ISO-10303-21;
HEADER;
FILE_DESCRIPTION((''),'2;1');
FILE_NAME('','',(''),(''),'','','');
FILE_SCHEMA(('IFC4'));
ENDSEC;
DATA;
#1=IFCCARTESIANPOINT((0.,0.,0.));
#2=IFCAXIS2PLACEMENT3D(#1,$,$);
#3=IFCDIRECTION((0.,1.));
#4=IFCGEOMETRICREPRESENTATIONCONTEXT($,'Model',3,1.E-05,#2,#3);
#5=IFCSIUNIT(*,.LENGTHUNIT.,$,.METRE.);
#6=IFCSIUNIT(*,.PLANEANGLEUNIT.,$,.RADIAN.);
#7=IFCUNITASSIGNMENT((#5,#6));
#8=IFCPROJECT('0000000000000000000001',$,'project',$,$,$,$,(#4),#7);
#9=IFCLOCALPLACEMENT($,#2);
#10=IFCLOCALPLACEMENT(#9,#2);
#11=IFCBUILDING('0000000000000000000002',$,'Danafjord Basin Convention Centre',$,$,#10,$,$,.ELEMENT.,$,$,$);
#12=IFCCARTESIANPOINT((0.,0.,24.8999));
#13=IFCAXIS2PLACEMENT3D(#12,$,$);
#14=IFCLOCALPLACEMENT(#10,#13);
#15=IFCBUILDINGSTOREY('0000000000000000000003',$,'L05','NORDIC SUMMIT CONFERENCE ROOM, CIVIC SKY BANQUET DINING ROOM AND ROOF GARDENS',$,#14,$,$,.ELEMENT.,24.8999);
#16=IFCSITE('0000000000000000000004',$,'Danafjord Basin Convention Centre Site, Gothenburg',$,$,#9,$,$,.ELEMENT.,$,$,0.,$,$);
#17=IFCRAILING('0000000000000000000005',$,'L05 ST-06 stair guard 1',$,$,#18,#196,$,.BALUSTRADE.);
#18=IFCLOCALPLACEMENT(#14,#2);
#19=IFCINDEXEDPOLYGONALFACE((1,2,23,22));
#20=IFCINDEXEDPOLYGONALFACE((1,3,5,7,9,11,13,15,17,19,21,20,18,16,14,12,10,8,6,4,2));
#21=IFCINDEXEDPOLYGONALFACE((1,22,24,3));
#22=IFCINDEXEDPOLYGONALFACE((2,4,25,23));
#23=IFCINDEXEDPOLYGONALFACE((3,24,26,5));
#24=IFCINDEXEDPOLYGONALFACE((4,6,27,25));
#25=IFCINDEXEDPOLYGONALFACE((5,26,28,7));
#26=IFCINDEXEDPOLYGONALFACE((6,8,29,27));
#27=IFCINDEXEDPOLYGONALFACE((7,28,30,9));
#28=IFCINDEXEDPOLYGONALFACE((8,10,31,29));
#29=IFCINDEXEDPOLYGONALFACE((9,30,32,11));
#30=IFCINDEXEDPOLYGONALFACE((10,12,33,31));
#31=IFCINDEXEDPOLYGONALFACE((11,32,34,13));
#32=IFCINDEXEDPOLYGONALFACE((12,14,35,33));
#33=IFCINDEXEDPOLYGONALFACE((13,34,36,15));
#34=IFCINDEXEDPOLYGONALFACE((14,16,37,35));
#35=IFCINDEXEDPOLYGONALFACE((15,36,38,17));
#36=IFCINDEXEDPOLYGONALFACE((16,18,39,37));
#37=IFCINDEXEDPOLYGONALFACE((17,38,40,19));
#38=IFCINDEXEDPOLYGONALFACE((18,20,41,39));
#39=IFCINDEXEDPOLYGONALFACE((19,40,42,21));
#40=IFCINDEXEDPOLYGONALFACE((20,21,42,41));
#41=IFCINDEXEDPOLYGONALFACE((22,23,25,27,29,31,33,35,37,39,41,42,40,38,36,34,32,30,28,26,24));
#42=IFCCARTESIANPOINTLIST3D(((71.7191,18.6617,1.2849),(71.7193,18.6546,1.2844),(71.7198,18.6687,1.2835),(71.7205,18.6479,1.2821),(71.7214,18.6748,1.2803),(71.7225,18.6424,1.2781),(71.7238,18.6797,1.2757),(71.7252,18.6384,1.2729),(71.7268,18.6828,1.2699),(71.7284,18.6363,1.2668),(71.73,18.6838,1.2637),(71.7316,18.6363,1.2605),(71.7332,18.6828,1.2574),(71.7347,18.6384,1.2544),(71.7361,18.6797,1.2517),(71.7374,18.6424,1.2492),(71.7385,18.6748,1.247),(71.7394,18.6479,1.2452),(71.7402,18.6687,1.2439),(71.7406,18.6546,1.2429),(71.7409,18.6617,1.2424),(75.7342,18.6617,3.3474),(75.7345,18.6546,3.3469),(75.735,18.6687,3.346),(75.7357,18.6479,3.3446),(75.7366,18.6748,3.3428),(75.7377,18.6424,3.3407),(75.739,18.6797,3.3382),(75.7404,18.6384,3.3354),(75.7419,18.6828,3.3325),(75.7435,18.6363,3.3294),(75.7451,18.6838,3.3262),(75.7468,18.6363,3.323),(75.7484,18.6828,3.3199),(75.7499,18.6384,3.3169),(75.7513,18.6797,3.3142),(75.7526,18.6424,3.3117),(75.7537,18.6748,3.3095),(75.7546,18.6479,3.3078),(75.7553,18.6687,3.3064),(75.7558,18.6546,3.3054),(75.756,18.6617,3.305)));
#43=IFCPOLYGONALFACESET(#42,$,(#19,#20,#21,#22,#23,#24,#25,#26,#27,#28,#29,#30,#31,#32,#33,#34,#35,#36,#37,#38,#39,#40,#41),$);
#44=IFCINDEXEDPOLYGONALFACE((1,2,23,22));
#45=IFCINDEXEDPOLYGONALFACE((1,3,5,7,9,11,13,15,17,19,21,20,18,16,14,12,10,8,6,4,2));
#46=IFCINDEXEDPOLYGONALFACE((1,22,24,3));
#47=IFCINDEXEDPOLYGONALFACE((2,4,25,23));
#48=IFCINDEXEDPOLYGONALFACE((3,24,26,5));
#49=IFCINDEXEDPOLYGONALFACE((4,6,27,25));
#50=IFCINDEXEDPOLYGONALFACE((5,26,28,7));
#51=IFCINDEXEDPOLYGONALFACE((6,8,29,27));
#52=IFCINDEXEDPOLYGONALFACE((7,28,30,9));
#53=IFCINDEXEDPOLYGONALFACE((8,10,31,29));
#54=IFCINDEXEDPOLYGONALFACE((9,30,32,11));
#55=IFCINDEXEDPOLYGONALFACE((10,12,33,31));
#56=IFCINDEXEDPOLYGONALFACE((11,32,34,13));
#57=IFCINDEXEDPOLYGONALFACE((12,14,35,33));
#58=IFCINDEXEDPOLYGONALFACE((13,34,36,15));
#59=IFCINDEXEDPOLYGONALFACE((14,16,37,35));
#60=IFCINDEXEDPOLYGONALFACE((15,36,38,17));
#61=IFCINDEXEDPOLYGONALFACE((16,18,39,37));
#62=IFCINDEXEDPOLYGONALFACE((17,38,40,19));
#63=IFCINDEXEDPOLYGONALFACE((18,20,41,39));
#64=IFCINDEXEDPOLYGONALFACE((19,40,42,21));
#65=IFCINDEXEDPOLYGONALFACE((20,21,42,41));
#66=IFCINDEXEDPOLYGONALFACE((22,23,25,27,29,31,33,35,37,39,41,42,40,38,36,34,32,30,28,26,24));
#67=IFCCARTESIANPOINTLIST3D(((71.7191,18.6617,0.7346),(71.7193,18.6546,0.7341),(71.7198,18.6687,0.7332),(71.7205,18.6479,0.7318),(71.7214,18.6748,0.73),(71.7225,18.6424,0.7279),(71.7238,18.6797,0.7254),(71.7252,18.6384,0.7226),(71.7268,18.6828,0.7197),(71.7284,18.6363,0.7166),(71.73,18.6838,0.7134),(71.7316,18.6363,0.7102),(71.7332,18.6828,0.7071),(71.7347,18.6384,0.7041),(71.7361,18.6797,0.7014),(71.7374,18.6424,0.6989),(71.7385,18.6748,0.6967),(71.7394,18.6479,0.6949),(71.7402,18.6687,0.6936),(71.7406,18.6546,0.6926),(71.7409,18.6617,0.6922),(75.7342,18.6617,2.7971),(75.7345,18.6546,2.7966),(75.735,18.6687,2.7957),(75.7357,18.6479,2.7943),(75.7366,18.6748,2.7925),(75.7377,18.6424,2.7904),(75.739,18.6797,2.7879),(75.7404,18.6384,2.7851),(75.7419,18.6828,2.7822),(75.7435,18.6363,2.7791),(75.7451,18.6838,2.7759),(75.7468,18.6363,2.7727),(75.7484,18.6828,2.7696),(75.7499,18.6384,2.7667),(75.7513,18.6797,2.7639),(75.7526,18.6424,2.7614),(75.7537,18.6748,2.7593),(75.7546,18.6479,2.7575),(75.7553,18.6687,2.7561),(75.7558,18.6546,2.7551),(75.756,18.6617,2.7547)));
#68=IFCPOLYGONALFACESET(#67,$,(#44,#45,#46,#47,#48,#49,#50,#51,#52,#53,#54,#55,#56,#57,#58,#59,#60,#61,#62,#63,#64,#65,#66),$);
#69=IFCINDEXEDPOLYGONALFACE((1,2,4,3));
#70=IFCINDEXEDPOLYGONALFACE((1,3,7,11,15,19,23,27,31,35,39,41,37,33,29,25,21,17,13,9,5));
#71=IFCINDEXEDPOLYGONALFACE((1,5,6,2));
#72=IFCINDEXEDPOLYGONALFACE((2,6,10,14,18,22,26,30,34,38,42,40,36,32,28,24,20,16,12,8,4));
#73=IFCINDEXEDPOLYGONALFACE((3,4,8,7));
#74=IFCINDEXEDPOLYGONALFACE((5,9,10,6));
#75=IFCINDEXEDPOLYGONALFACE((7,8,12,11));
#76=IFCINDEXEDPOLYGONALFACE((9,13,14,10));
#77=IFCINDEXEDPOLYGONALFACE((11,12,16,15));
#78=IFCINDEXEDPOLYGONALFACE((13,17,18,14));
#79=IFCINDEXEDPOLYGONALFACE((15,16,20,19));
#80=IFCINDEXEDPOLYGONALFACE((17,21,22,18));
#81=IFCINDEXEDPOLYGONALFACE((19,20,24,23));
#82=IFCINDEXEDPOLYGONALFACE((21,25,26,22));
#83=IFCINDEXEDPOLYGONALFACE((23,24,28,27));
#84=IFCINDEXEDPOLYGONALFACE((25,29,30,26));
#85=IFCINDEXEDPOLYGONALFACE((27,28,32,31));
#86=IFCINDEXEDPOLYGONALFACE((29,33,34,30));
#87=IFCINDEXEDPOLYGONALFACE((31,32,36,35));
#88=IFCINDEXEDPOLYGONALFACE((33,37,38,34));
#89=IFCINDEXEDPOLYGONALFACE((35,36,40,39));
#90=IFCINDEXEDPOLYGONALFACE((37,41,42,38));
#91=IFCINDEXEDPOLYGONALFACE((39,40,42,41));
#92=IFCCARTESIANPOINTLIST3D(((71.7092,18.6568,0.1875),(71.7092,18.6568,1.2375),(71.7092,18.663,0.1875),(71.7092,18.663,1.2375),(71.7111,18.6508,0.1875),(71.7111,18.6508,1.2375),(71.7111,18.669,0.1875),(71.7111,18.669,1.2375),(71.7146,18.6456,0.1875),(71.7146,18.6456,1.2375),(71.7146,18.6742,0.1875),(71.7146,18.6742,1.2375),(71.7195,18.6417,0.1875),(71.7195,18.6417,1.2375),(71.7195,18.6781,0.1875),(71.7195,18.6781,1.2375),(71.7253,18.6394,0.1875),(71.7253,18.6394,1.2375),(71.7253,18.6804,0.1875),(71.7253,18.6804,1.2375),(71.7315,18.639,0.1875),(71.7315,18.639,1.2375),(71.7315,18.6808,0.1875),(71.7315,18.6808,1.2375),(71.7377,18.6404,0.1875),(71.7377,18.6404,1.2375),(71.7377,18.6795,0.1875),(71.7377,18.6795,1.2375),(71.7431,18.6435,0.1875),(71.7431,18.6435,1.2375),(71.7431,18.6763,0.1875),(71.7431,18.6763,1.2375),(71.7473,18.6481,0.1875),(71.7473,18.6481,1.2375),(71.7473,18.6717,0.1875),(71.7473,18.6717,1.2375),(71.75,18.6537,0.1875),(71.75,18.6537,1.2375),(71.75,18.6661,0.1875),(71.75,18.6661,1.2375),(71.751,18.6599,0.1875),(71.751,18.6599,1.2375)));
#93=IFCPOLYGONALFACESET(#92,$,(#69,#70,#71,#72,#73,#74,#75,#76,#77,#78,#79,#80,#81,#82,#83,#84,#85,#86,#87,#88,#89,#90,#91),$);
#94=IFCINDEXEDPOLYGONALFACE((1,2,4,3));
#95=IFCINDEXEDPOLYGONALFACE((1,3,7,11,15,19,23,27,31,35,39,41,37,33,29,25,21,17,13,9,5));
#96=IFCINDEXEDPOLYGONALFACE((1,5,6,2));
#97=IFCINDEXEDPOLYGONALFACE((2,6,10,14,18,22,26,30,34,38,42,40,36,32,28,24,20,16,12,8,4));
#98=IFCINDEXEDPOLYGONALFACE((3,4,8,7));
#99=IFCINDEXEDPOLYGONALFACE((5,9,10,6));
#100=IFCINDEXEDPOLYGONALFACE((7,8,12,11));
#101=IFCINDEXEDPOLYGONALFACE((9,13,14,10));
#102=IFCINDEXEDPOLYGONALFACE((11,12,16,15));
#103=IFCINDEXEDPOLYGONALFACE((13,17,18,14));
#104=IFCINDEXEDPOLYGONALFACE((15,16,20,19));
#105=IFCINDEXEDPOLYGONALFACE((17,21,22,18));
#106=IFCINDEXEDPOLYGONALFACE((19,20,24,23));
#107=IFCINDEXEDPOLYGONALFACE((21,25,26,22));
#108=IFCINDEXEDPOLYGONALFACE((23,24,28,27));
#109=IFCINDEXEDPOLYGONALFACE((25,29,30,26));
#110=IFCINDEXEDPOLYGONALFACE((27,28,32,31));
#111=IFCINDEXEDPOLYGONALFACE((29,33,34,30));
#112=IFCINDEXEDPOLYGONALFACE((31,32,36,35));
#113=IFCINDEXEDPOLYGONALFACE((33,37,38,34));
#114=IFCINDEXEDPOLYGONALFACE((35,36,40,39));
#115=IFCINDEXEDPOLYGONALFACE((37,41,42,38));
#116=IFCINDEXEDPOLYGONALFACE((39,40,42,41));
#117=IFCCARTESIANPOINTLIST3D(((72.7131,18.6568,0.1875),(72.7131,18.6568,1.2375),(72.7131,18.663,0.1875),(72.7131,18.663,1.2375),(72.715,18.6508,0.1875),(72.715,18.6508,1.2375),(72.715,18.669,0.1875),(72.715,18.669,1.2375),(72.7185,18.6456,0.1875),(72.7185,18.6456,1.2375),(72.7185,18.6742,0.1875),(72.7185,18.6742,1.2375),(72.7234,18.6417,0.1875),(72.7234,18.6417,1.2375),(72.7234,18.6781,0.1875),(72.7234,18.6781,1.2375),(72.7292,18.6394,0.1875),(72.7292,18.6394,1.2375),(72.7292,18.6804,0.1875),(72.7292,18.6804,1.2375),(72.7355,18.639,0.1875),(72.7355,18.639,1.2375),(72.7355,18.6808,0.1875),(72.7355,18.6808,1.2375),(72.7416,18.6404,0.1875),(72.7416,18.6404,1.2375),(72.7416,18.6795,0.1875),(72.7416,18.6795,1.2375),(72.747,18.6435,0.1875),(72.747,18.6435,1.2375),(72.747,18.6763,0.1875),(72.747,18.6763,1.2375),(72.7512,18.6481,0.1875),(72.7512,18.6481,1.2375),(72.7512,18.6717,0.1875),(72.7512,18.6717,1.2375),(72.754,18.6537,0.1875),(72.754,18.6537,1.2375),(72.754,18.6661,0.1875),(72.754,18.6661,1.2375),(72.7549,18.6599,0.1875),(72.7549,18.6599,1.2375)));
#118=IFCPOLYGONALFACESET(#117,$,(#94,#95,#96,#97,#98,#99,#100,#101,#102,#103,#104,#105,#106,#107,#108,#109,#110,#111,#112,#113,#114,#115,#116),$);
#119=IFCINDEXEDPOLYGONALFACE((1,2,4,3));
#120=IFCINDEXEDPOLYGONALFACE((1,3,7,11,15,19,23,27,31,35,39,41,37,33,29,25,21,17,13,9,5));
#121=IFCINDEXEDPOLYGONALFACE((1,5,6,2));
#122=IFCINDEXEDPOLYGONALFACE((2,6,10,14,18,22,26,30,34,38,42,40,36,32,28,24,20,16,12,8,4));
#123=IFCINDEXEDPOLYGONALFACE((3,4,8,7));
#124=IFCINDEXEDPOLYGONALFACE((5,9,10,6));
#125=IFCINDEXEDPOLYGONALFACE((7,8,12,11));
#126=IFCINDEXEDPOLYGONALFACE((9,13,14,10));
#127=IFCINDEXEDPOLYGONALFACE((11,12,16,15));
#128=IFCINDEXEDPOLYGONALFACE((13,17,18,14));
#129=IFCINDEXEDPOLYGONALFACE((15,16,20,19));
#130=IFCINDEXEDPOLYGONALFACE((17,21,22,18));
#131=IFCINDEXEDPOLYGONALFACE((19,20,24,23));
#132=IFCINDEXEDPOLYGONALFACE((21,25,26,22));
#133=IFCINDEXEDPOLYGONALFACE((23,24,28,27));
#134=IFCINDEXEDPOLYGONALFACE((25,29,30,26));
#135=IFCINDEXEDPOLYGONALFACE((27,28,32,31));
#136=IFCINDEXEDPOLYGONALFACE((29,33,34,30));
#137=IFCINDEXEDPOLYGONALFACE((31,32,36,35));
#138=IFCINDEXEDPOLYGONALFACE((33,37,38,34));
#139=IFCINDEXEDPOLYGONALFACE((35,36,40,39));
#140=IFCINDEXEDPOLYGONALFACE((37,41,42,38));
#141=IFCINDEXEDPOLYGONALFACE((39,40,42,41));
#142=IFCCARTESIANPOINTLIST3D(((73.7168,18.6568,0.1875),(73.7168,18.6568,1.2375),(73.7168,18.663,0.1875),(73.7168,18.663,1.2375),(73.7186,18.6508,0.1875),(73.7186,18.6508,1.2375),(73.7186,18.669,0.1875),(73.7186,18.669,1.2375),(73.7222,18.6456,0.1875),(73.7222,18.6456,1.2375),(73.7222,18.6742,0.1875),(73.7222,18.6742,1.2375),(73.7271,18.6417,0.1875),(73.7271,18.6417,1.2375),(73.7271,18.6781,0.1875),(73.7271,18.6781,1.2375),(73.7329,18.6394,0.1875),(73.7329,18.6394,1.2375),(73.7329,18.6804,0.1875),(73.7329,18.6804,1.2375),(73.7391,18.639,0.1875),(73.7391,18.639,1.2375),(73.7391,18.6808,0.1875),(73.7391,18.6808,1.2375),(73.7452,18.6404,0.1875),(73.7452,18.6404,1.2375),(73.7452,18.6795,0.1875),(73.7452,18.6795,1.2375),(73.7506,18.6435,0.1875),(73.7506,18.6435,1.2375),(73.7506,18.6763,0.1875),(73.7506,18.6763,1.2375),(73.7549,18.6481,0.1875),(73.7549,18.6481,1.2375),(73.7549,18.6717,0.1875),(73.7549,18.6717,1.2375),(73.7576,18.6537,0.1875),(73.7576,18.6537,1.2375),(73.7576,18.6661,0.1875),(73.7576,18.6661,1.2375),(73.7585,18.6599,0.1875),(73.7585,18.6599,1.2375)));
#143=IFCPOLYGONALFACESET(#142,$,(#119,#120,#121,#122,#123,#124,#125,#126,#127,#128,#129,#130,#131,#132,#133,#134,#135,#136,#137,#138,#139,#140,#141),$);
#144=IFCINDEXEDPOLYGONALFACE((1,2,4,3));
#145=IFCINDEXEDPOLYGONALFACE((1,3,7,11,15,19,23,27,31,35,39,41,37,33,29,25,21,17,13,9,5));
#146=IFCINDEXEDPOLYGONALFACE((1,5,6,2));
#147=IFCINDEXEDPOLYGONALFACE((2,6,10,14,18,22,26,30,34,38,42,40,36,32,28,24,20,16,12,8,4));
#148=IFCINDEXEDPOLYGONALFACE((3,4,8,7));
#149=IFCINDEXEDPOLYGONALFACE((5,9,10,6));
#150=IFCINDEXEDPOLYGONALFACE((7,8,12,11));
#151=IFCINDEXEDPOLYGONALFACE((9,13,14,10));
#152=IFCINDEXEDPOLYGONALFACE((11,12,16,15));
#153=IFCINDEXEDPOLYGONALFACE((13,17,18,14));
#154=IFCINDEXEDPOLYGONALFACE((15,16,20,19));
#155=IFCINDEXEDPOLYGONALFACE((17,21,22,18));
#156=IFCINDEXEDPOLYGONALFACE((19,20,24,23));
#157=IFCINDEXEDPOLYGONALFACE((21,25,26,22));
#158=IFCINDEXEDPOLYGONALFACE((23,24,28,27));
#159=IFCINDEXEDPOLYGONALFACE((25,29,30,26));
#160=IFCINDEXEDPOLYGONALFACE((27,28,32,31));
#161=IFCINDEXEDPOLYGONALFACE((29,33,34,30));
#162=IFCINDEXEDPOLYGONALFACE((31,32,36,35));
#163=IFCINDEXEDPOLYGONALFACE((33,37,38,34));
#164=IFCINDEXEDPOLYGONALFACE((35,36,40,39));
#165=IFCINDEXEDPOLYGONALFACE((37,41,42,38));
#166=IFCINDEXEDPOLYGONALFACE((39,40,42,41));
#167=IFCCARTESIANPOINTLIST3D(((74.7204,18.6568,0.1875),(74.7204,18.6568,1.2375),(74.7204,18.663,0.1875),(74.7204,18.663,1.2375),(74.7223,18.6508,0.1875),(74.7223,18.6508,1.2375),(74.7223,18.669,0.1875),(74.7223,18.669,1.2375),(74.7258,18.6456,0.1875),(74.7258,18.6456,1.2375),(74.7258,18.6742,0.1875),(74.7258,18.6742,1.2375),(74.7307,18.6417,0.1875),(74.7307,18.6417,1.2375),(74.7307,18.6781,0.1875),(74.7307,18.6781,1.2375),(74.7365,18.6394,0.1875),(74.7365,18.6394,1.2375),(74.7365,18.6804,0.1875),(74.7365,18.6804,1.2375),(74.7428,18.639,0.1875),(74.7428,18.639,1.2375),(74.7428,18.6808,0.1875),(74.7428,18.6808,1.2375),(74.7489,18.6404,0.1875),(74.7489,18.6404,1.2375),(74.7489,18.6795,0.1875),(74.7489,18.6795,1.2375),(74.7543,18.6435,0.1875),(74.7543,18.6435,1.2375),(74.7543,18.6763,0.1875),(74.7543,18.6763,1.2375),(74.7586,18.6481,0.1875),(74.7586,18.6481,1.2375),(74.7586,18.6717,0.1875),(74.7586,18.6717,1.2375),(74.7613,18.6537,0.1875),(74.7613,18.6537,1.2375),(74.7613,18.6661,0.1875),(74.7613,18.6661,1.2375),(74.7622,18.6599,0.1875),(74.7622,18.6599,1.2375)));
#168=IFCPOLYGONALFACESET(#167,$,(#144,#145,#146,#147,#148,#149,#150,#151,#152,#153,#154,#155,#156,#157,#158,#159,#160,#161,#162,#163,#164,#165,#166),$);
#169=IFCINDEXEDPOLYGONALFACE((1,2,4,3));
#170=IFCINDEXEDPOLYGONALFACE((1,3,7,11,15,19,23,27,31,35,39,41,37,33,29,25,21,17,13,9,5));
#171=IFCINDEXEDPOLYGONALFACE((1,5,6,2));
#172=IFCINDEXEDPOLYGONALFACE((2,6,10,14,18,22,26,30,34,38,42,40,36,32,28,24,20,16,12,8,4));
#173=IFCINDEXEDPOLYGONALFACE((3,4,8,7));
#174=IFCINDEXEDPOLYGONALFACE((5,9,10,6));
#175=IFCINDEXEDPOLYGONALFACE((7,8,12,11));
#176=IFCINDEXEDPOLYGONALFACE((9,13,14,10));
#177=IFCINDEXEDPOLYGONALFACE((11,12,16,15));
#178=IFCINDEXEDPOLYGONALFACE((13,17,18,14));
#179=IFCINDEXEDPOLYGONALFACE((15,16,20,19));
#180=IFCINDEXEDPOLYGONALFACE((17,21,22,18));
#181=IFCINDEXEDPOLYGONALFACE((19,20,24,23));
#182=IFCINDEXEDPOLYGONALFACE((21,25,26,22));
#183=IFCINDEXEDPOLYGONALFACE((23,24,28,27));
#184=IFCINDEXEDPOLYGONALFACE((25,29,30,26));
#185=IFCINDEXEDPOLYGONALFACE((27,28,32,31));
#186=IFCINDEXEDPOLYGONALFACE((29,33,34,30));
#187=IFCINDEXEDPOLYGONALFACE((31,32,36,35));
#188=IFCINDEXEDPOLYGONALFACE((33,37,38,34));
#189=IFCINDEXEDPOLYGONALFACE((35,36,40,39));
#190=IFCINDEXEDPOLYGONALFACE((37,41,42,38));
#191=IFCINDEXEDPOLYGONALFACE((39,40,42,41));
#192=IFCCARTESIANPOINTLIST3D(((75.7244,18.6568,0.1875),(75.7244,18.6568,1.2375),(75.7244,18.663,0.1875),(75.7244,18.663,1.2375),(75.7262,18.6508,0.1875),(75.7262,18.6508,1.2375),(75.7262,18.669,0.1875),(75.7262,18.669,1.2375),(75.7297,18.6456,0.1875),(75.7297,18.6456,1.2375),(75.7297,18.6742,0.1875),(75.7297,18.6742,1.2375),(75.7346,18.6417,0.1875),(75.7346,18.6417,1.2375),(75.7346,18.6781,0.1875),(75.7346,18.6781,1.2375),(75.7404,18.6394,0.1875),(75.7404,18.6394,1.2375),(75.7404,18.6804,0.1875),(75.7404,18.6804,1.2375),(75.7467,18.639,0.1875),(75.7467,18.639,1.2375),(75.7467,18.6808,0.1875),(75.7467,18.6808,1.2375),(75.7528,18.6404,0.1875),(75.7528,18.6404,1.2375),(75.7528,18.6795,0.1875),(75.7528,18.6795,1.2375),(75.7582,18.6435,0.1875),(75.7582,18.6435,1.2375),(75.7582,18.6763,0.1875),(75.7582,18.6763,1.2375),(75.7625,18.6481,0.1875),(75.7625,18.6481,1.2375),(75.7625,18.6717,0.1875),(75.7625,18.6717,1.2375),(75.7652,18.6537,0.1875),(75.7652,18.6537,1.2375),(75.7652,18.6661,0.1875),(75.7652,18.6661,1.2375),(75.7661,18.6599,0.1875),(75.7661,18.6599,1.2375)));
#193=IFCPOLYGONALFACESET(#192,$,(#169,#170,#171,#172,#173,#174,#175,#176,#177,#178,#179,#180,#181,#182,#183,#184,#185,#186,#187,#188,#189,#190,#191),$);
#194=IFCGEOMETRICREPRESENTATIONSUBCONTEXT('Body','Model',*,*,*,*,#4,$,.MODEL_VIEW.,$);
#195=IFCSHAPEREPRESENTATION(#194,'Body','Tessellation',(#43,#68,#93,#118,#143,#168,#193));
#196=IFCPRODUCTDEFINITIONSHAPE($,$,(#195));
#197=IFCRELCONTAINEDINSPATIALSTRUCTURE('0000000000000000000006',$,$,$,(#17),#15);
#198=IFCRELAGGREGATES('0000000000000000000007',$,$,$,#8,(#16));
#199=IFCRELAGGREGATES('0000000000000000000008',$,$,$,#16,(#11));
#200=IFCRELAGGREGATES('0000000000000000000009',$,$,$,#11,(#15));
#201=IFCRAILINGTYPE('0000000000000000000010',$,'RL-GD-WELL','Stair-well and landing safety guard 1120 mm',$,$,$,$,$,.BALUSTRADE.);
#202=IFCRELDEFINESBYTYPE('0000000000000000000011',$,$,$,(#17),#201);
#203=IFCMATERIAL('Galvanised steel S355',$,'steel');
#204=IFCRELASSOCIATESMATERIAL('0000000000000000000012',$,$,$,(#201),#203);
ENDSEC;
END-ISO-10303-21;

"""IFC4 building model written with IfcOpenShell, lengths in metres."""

from ifc_helpers import new_model, si_unit, direction, frame, origin, origin_2d, place, context, subcontext, project, spatial, circle, extrude, material, type_object, element, save


model = new_model("IFC4")

# Units and contexts
model_context = context("Model", 3, precision=1e-05, world=origin(), true_north=direction((0.0, 1.0)))
body_context = subcontext(model_context, "Body", "Model", "MODEL_VIEW")
ifc_project = project(units=[si_unit("LENGTHUNIT", "METRE"), si_unit("PLANEANGLEUNIT", "RADIAN")], contexts=[model_context])

# Site, building, storey
site_placement = place(None, origin())
site = spatial("IfcSite", under=ifc_project, at=site_placement, Name="Danafjord Basin Convention Centre Site, Gothenburg", CompositionType="ELEMENT", RefElevation=0.0)
building_placement = place(site_placement, origin())
building = spatial("IfcBuilding", under=site, at=building_placement, Name="Danafjord Basin Convention Centre", CompositionType="ELEMENT")
storey_placement = place(building_placement, frame((0.0, 0.0, 24.8999)))
storey = spatial("IfcBuildingStorey", under=building, at=storey_placement, Name="L05", Description="NORDIC SUMMIT CONFERENCE ROOM, CIVIC SKY BANQUET DINING ROOM AND ROOF GARDENS", CompositionType="ELEMENT", Elevation=24.8999)

# Railing
ifc_material_1 = material(Name="Galvanised steel S355", Category="steel")
railing_type_1 = type_object("IfcRailingType", Name="RL-GD-WELL", Description="Stair-well and landing safety guard 1120 mm", PredefinedType="BALUSTRADE", material=ifc_material_1)
railing_1_placement = place(storey_placement, frame((71.73, 18.6599, 0.1875)))
element("IfcRailing", 1, at=railing_1_placement, inside=storey, type_object=railing_type_1, Name="L05 ST-06 stair guard 1", PredefinedType="BALUSTRADE", context=body_context, shape_type="SweptSolid", body=[
    extrude(circle(Radius=0.0239, at=origin_2d()), frame((0.0, 0.0, 1.0762), z_axis=(0.889506, 0.0, 0.456923), x_axis=(0.0, 1.0, 0.0)), (0.0, 0.0, 1.0), 4.5139),
    extrude(circle(Radius=0.0239, at=origin_2d()), frame((0.0, 0.0, 0.5259), z_axis=(0.889506, 0.0, 0.456923), x_axis=(0.0, 1.0, 0.0)), (0.0, 0.0, 1.0), 4.5139),
    extrude(circle(Radius=0.021, at=origin_2d()), origin(), (0.0, 0.0, 1.0), 1.05),
    extrude(circle(Radius=0.021, at=origin_2d()), frame((1.0039, 0.0, 0.0)), (0.0, 0.0, 1.0), 1.05),
    extrude(circle(Radius=0.021, at=origin_2d()), frame((2.0076, 0.0, 0.0)), (0.0, 0.0, 1.0), 1.05),
    extrude(circle(Radius=0.021, at=origin_2d()), frame((3.0112, 0.0, 0.0)), (0.0, 0.0, 1.0), 1.05),
    extrude(circle(Radius=0.021, at=origin_2d()), frame((4.0151, 0.0, 0.0)), (0.0, 0.0, 1.0), 1.05),
])

save(model, "model.ifc")
